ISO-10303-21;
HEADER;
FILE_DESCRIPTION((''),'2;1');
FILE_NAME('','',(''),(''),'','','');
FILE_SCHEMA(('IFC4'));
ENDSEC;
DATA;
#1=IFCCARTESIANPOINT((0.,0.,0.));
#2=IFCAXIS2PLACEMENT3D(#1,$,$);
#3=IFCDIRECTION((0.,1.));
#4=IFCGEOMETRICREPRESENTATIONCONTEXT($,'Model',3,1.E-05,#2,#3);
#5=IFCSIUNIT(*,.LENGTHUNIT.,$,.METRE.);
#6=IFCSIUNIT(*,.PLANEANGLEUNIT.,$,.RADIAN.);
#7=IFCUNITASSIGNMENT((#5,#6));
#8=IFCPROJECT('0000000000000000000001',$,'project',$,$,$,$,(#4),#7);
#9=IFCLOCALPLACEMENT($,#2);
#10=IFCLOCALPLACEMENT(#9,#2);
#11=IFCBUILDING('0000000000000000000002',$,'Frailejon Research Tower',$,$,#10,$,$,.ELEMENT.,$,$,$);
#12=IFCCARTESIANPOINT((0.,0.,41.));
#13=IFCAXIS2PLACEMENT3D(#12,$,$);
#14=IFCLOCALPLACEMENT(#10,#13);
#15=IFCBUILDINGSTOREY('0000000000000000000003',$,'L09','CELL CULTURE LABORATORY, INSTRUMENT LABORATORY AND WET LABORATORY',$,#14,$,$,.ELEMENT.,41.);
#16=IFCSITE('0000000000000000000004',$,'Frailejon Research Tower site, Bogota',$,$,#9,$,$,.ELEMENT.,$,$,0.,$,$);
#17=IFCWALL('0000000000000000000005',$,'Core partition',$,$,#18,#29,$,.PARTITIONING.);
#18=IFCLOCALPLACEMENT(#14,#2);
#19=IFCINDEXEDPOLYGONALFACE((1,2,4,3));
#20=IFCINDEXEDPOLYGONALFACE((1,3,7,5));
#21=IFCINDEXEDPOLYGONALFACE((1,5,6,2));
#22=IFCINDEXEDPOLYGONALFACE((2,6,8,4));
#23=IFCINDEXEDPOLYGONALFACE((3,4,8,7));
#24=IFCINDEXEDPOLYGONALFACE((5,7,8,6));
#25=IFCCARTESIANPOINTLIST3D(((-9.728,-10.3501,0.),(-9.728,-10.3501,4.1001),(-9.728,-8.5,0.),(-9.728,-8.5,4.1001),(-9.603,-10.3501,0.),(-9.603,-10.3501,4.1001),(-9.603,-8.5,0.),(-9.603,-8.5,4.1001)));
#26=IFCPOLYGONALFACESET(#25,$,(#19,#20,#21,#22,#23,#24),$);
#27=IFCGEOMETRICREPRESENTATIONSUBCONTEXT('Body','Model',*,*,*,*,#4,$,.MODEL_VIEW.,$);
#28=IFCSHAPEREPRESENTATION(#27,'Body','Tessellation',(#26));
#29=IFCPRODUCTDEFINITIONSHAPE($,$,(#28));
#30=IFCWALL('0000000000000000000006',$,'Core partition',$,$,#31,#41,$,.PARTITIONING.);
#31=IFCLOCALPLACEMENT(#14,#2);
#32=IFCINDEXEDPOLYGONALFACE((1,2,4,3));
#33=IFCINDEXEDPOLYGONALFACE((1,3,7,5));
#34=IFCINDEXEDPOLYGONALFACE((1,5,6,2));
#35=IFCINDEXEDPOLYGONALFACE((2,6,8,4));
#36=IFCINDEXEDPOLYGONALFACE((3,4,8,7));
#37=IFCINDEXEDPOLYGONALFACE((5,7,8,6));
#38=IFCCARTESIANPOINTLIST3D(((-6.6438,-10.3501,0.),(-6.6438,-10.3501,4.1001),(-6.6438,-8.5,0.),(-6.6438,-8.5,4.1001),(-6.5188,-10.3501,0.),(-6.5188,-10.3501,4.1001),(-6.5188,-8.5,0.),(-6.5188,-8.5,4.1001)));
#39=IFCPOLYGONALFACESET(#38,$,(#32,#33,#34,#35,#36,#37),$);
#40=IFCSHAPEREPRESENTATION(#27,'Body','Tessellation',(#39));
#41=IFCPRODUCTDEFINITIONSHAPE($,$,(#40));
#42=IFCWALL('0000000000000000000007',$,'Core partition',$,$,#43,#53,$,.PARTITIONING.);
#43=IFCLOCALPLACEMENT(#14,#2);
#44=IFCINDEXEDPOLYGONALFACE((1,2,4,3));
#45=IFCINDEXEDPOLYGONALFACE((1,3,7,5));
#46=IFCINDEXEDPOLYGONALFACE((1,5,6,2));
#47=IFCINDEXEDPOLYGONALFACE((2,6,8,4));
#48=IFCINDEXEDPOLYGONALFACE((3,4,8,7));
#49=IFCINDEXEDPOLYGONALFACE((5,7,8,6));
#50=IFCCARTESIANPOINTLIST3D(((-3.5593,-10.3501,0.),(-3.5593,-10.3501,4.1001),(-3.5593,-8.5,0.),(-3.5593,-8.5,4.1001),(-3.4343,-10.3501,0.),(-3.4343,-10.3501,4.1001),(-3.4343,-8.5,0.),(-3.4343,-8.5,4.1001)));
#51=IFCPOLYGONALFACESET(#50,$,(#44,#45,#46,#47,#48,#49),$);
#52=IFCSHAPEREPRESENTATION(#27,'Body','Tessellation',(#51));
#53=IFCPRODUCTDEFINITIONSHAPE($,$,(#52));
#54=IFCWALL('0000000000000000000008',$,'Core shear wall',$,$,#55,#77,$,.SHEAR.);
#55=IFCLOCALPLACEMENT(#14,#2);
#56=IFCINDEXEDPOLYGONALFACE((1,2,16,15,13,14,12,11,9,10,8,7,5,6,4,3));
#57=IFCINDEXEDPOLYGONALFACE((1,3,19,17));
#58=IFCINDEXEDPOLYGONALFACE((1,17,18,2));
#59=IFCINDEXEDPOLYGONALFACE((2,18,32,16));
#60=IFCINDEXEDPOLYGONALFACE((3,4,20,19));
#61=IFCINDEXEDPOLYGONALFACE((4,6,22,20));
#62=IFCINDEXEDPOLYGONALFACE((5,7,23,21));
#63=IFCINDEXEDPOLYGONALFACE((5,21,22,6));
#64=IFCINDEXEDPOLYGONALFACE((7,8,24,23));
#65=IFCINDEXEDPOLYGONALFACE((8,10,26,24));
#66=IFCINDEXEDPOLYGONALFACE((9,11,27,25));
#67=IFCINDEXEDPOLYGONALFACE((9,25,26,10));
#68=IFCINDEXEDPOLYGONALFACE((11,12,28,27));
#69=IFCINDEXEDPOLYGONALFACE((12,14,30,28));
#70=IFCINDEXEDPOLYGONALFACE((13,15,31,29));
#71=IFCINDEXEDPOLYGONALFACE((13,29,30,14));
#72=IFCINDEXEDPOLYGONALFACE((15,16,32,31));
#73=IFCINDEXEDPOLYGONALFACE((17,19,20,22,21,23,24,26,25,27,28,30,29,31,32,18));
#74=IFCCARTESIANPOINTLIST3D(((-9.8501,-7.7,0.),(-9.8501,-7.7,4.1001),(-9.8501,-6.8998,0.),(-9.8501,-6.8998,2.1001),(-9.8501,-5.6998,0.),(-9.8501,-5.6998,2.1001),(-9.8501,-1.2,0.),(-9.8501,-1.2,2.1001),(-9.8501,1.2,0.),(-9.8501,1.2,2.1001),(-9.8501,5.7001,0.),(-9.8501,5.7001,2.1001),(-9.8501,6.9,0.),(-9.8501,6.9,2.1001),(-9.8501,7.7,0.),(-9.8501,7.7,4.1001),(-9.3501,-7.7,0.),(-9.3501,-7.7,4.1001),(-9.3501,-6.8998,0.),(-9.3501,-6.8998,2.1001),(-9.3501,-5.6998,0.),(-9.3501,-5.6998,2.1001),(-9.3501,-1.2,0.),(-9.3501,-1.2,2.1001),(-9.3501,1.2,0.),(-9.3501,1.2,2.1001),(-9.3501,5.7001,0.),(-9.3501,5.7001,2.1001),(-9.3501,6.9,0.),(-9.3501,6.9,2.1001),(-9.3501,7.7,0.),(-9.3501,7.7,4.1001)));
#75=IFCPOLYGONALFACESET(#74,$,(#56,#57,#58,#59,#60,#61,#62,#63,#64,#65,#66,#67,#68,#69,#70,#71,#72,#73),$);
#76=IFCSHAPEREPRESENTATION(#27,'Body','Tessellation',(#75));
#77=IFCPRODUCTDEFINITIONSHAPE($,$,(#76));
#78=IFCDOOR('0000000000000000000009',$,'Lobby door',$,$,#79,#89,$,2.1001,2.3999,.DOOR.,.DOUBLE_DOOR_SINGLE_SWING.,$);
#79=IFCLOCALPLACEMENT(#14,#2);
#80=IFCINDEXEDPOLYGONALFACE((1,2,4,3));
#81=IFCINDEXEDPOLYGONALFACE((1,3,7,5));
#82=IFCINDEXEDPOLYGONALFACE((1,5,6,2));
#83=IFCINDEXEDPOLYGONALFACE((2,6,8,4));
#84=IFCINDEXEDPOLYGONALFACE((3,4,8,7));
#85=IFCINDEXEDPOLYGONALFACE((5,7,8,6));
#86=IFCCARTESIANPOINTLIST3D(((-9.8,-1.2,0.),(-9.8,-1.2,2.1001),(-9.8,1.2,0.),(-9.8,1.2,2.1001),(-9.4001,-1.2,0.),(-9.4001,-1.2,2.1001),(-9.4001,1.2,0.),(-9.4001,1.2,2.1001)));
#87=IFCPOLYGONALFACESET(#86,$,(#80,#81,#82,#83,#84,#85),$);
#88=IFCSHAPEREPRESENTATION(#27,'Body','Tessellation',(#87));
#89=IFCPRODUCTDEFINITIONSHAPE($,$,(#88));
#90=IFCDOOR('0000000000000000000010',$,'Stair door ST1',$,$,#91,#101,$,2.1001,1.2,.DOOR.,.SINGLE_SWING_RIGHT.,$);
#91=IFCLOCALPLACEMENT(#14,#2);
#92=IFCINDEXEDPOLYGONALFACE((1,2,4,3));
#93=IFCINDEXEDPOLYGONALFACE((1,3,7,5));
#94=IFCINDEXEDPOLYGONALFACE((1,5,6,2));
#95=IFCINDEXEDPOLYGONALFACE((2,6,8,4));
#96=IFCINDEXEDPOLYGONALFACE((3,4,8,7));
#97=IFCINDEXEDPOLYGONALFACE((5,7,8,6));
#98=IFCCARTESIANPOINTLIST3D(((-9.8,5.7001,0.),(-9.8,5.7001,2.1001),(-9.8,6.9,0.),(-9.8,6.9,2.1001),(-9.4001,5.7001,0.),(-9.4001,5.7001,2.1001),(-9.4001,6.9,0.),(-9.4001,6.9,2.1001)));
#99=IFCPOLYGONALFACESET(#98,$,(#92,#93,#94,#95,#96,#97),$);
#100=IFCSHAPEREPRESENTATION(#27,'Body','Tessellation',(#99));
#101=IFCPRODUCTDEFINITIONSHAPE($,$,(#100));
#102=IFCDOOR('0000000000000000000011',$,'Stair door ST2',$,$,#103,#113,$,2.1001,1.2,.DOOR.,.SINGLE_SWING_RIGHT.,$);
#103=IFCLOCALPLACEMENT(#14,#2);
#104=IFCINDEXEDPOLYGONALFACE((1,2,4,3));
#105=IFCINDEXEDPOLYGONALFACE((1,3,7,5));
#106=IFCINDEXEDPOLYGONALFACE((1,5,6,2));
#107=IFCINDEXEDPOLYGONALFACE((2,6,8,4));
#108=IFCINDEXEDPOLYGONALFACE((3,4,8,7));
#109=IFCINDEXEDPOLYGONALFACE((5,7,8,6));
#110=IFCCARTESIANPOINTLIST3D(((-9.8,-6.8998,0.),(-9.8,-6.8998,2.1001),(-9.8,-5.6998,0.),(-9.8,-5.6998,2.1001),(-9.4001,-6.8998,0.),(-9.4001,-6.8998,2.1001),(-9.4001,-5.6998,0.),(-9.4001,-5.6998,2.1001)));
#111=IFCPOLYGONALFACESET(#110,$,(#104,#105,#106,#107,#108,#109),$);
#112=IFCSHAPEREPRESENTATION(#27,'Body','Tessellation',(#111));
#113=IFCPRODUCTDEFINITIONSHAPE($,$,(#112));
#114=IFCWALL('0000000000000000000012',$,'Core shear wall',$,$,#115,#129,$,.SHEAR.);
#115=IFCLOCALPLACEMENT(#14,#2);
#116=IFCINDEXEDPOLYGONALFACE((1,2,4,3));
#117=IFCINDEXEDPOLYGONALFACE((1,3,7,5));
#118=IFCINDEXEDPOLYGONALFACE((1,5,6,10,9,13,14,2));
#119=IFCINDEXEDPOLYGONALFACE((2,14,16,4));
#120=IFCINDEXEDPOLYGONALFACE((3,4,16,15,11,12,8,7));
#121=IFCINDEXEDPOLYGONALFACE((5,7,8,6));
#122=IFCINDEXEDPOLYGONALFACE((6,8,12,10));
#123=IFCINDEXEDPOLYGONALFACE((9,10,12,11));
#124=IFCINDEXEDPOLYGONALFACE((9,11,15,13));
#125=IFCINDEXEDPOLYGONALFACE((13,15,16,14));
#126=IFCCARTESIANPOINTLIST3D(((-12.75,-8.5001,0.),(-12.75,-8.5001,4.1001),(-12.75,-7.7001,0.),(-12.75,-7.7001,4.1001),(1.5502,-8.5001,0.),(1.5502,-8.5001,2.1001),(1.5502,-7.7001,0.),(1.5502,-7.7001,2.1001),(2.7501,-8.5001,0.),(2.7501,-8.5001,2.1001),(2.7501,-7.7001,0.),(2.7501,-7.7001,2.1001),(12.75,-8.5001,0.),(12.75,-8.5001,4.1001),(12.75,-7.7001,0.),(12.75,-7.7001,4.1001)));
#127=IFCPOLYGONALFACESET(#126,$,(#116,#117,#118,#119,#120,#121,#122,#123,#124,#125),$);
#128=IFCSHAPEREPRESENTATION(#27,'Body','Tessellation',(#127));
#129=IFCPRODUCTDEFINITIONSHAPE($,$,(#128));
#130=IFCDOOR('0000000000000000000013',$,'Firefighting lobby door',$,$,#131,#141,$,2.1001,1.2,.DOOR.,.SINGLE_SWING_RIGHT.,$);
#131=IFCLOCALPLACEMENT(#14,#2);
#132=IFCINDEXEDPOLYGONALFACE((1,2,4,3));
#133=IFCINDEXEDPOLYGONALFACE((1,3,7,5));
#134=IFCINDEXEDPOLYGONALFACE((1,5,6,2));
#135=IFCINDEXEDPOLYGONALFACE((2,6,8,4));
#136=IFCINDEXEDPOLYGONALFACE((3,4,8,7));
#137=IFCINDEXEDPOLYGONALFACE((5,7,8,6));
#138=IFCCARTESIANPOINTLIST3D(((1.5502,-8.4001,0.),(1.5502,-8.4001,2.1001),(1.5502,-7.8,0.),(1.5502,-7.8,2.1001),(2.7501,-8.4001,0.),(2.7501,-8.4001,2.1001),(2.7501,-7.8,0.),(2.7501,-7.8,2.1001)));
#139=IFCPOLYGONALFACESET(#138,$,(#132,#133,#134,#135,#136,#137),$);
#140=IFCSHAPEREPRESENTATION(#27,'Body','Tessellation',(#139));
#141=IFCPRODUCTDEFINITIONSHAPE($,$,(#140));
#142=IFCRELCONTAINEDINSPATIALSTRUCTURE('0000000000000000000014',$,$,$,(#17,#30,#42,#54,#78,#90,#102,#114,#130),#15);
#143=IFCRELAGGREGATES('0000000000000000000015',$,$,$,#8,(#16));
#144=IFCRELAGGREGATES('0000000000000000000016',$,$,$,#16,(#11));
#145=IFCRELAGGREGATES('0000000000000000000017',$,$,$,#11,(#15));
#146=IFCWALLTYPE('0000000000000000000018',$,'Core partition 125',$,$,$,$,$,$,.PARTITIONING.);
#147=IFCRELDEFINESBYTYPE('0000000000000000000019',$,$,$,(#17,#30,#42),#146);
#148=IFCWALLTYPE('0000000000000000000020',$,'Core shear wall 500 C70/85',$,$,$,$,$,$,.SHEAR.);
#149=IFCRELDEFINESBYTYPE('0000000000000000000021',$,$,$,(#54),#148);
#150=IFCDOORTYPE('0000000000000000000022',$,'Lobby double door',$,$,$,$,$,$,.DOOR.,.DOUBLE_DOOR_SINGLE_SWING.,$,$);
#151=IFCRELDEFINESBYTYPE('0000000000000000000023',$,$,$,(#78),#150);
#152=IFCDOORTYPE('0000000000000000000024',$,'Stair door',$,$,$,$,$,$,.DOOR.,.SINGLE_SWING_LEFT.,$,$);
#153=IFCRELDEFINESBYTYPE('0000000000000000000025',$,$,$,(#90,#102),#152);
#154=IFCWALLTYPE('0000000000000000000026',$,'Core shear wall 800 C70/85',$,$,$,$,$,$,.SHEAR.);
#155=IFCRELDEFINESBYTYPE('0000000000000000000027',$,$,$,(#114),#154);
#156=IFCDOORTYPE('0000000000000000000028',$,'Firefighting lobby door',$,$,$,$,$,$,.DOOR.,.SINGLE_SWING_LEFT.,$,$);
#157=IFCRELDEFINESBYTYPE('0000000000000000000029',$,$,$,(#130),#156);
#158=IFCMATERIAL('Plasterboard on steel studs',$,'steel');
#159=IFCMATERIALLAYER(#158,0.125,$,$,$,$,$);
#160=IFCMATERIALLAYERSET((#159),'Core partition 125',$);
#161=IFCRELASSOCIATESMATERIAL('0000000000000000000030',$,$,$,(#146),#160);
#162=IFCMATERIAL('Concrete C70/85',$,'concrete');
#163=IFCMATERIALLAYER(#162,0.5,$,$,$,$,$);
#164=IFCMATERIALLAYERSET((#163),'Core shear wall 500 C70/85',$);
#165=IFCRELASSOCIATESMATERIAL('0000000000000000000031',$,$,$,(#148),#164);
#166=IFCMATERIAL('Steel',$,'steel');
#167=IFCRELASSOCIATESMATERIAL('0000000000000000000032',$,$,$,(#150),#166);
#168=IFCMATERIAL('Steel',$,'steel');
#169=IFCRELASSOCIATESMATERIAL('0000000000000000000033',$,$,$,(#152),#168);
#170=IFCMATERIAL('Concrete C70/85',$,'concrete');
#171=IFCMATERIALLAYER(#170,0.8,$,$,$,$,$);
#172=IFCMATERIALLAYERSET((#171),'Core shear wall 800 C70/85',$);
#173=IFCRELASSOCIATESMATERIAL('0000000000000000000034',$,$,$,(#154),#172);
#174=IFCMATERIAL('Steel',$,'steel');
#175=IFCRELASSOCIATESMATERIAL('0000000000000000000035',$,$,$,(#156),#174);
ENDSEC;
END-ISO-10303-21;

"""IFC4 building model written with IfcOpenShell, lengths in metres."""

from ifc_helpers import new_model, si_unit, direction, frame, frame_2d, origin, place, context, subcontext, project, spatial, rectangle, extrude, material, layer, layer_set, type_object, element, fill, save


model = new_model("IFC4")

# Units and contexts
model_context = context("Model", 3, precision=1e-05, world=origin(), true_north=direction((0.0, 1.0)))
body_context = subcontext(model_context, "Body", "Model", "MODEL_VIEW")
ifc_project = project(units=[si_unit("LENGTHUNIT", "METRE"), si_unit("PLANEANGLEUNIT", "RADIAN")], contexts=[model_context])

# Site, building, storey
site_placement = place(None, origin())
site = spatial("IfcSite", under=ifc_project, at=site_placement, Name="Frailejon Research Tower site, Bogota", CompositionType="ELEMENT", RefElevation=0.0)
building_placement = place(site_placement, origin())
building = spatial("IfcBuilding", under=site, at=building_placement, Name="Frailejon Research Tower", CompositionType="ELEMENT")
storey_placement = place(building_placement, frame((0.0, 0.0, 41.0)))
storey = spatial("IfcBuildingStorey", under=building, at=storey_placement, Name="L09", Description="CELL CULTURE LABORATORY, INSTRUMENT LABORATORY AND WET LABORATORY", CompositionType="ELEMENT", Elevation=41.0)

# Walls
ifc_material_1 = material(Name="Plasterboard on steel studs", Category="steel")
ifc_layer_1 = layer(ifc_material_1, 0.125)
ifc_layer_set_1 = layer_set([ifc_layer_1], Name="Core partition 125")
wall_type_1 = type_object("IfcWallType", Name="Core partition 125", PredefinedType="PARTITIONING", material=ifc_layer_set_1)
for number, where, z_axis, x_axis, name in (
    (1, (-9.6655, -10.3501, 0.0), (0.0, 0.0, 1.0), (0.0, 1.0, 0.0), "Core partition"),
    (2, (-6.5813, -10.3501, 0.0), (0.0, 0.0, 1.0), (0.0, 1.0, 0.0), "Core partition"),
    (3, (-3.4968, -10.3501, 0.0), (0.0, 0.0, 1.0), (0.0, 1.0, 0.0), "Core partition"),
):
    element("IfcWall", number, at=place(storey_placement, frame(where, z_axis=z_axis, x_axis=x_axis)), inside=storey, type_object=wall_type_1, Name=name, PredefinedType="PARTITIONING", context=body_context, shape_type="SweptSolid", body=[
        extrude(rectangle(XDim=1.8501, YDim=0.125, at=frame_2d((0.925, 0.0))), origin(), (0.0, 0.0, 1.0), 4.1001),
    ])

# Wall, openings, doors
ifc_material_2 = material(Name="Concrete C70/85", Category="concrete")
ifc_layer_2 = layer(ifc_material_2, 0.5)
ifc_layer_set_2 = layer_set([ifc_layer_2], Name="Core shear wall 500 C70/85")
wall_type_2 = type_object("IfcWallType", Name="Core shear wall 500 C70/85", PredefinedType="SHEAR", material=ifc_layer_set_2)
wall_1_placement = place(storey_placement, frame((-9.6001, -7.7, 0.0), z_axis=(0.0, 0.0, 1.0), x_axis=(0.0, 1.0, 0.0)))
wall_1 = element("IfcWall", 4, at=wall_1_placement, inside=storey, type_object=wall_type_2, Name="Core shear wall", PredefinedType="SHEAR", context=body_context, shape_type="SweptSolid", body=[
    extrude(rectangle(XDim=15.3999, YDim=0.5, at=frame_2d((7.7, 0.0))), origin(), (0.0, 0.0, 1.0), 4.1001),
])
opening_1_placement = place(wall_1_placement, frame((6.5, 0.0, 0.0)))
opening_1 = element("IfcOpeningElement", 5, at=opening_1_placement, cuts=wall_1, PredefinedType="OPENING", context=body_context, shape_type="SweptSolid", body=[
    extrude(rectangle(XDim=2.3999, YDim=2.1001, at=frame_2d((1.2, 1.05))), frame((0.0, 0.26, 0.0), z_axis=(0.0, -1.0, 0.0), x_axis=(1.0, 0.0, 0.0)), (0.0, 0.0, 1.0), 0.52),
])
opening_2_placement = place(wall_1_placement, frame((13.3999, 0.0, 0.0)))
opening_2 = element("IfcOpeningElement", 6, at=opening_2_placement, cuts=wall_1, PredefinedType="OPENING", context=body_context, shape_type="SweptSolid", body=[
    extrude(rectangle(XDim=1.2, YDim=2.1001, at=frame_2d((0.6001, 1.05))), frame((0.0, 0.26, 0.0), z_axis=(0.0, -1.0, 0.0), x_axis=(1.0, 0.0, 0.0)), (0.0, 0.0, 1.0), 0.52),
])
opening_3_placement = place(wall_1_placement, frame((0.8, 0.0, 0.0)))
opening_3 = element("IfcOpeningElement", 7, at=opening_3_placement, cuts=wall_1, PredefinedType="OPENING", context=body_context, shape_type="SweptSolid", body=[
    extrude(rectangle(XDim=1.2, YDim=2.1001, at=frame_2d((0.6001, 1.05))), frame((0.0, 0.26, 0.0), z_axis=(0.0, -1.0, 0.0), x_axis=(1.0, 0.0, 0.0)), (0.0, 0.0, 1.0), 0.52),
])
ifc_material_3 = material(Name="Steel", Category="steel")
door_type_1 = type_object("IfcDoorType", Name="Lobby double door", OperationType="DOUBLE_DOOR_SINGLE_SWING", PredefinedType="DOOR", material=ifc_material_3)
door_1_placement = place(opening_1_placement, origin())
door_1 = element("IfcDoor", 8, at=door_1_placement, inside=storey, type_object=door_type_1, Name="Lobby door", OperationType="DOUBLE_DOOR_SINGLE_SWING", OverallHeight=2.1001, OverallWidth=2.3999, PredefinedType="DOOR", context=body_context, shape_type="SweptSolid", body=[
    extrude(rectangle(XDim=2.3999, YDim=2.1001, at=frame_2d((1.2, 1.05))), frame((0.0, 0.2, 0.0), z_axis=(0.0, -1.0, 0.0), x_axis=(1.0, 0.0, 0.0)), (0.0, 0.0, 1.0), 0.3999),
])
fill(opening_1, door_1)
ifc_material_4 = material(Name="Steel", Category="steel")
door_type_2 = type_object("IfcDoorType", Name="Stair door", OperationType="SINGLE_SWING_LEFT", PredefinedType="DOOR", material=ifc_material_4)
door_2_placement = place(opening_2_placement, origin())
door_2 = element("IfcDoor", 9, at=door_2_placement, inside=storey, type_object=door_type_2, Name="Stair door ST1", OperationType="SINGLE_SWING_RIGHT", OverallHeight=2.1001, OverallWidth=1.2, PredefinedType="DOOR", context=body_context, shape_type="SweptSolid", body=[
    extrude(rectangle(XDim=1.2, YDim=2.1001, at=frame_2d((0.6001, 1.05))), frame((0.0, 0.2, 0.0), z_axis=(0.0, -1.0, 0.0), x_axis=(1.0, 0.0, 0.0)), (0.0, 0.0, 1.0), 0.3999),
])
fill(opening_2, door_2)
door_3_placement = place(opening_3_placement, origin())
door_3 = element("IfcDoor", 10, at=door_3_placement, inside=storey, type_object=door_type_2, Name="Stair door ST2", OperationType="SINGLE_SWING_RIGHT", OverallHeight=2.1001, OverallWidth=1.2, PredefinedType="DOOR", context=body_context, shape_type="SweptSolid", body=[
    extrude(rectangle(XDim=1.2, YDim=2.1001, at=frame_2d((0.6001, 1.05))), frame((0.0, 0.2, 0.0), z_axis=(0.0, -1.0, 0.0), x_axis=(1.0, 0.0, 0.0)), (0.0, 0.0, 1.0), 0.3999),
])
fill(opening_3, door_3)

# Wall, opening, door
ifc_material_5 = material(Name="Concrete C70/85", Category="concrete")
ifc_layer_3 = layer(ifc_material_5, 0.8)
ifc_layer_set_3 = layer_set([ifc_layer_3], Name="Core shear wall 800 C70/85")
wall_type_3 = type_object("IfcWallType", Name="Core shear wall 800 C70/85", PredefinedType="SHEAR", material=ifc_layer_set_3)
wall_2_placement = place(storey_placement, frame((-12.75, -8.1001, 0.0), z_axis=(0.0, 0.0, 1.0), x_axis=(1.0, 0.0, 0.0)))
wall_2 = element("IfcWall", 11, at=wall_2_placement, inside=storey, type_object=wall_type_3, Name="Core shear wall", PredefinedType="SHEAR", context=body_context, shape_type="SweptSolid", body=[
    extrude(rectangle(XDim=25.5, YDim=0.8, at=frame_2d((12.75, 0.0))), origin(), (0.0, 0.0, 1.0), 4.1001),
])
opening_4_placement = place(wall_2_placement, frame((14.3, 0.0, 0.0)))
opening_4 = element("IfcOpeningElement", 12, at=opening_4_placement, cuts=wall_2, PredefinedType="OPENING", context=body_context, shape_type="SweptSolid", body=[
    extrude(rectangle(XDim=1.2, YDim=2.1001, at=frame_2d((0.6001, 1.05))), frame((0.0, 0.4099, 0.0), z_axis=(0.0, -1.0, 0.0), x_axis=(1.0, 0.0, 0.0)), (0.0, 0.0, 1.0), 0.8201),
])
ifc_material_6 = material(Name="Steel", Category="steel")
door_type_3 = type_object("IfcDoorType", Name="Firefighting lobby door", OperationType="SINGLE_SWING_LEFT", PredefinedType="DOOR", material=ifc_material_6)
door_4_placement = place(opening_4_placement, origin())
door_4 = element("IfcDoor", 13, at=door_4_placement, inside=storey, type_object=door_type_3, Name="Firefighting lobby door", OperationType="SINGLE_SWING_RIGHT", OverallHeight=2.1001, OverallWidth=1.2, PredefinedType="DOOR", context=body_context, shape_type="SweptSolid", body=[
    extrude(rectangle(XDim=1.2, YDim=2.1001, at=frame_2d((0.6001, 1.05))), frame((0.0, 0.3, 0.0), z_axis=(0.0, -1.0, 0.0), x_axis=(1.0, 0.0, 0.0)), (0.0, 0.0, 1.0), 0.6001),
])
fill(opening_4, door_4)

save(model, "model.ifc")
